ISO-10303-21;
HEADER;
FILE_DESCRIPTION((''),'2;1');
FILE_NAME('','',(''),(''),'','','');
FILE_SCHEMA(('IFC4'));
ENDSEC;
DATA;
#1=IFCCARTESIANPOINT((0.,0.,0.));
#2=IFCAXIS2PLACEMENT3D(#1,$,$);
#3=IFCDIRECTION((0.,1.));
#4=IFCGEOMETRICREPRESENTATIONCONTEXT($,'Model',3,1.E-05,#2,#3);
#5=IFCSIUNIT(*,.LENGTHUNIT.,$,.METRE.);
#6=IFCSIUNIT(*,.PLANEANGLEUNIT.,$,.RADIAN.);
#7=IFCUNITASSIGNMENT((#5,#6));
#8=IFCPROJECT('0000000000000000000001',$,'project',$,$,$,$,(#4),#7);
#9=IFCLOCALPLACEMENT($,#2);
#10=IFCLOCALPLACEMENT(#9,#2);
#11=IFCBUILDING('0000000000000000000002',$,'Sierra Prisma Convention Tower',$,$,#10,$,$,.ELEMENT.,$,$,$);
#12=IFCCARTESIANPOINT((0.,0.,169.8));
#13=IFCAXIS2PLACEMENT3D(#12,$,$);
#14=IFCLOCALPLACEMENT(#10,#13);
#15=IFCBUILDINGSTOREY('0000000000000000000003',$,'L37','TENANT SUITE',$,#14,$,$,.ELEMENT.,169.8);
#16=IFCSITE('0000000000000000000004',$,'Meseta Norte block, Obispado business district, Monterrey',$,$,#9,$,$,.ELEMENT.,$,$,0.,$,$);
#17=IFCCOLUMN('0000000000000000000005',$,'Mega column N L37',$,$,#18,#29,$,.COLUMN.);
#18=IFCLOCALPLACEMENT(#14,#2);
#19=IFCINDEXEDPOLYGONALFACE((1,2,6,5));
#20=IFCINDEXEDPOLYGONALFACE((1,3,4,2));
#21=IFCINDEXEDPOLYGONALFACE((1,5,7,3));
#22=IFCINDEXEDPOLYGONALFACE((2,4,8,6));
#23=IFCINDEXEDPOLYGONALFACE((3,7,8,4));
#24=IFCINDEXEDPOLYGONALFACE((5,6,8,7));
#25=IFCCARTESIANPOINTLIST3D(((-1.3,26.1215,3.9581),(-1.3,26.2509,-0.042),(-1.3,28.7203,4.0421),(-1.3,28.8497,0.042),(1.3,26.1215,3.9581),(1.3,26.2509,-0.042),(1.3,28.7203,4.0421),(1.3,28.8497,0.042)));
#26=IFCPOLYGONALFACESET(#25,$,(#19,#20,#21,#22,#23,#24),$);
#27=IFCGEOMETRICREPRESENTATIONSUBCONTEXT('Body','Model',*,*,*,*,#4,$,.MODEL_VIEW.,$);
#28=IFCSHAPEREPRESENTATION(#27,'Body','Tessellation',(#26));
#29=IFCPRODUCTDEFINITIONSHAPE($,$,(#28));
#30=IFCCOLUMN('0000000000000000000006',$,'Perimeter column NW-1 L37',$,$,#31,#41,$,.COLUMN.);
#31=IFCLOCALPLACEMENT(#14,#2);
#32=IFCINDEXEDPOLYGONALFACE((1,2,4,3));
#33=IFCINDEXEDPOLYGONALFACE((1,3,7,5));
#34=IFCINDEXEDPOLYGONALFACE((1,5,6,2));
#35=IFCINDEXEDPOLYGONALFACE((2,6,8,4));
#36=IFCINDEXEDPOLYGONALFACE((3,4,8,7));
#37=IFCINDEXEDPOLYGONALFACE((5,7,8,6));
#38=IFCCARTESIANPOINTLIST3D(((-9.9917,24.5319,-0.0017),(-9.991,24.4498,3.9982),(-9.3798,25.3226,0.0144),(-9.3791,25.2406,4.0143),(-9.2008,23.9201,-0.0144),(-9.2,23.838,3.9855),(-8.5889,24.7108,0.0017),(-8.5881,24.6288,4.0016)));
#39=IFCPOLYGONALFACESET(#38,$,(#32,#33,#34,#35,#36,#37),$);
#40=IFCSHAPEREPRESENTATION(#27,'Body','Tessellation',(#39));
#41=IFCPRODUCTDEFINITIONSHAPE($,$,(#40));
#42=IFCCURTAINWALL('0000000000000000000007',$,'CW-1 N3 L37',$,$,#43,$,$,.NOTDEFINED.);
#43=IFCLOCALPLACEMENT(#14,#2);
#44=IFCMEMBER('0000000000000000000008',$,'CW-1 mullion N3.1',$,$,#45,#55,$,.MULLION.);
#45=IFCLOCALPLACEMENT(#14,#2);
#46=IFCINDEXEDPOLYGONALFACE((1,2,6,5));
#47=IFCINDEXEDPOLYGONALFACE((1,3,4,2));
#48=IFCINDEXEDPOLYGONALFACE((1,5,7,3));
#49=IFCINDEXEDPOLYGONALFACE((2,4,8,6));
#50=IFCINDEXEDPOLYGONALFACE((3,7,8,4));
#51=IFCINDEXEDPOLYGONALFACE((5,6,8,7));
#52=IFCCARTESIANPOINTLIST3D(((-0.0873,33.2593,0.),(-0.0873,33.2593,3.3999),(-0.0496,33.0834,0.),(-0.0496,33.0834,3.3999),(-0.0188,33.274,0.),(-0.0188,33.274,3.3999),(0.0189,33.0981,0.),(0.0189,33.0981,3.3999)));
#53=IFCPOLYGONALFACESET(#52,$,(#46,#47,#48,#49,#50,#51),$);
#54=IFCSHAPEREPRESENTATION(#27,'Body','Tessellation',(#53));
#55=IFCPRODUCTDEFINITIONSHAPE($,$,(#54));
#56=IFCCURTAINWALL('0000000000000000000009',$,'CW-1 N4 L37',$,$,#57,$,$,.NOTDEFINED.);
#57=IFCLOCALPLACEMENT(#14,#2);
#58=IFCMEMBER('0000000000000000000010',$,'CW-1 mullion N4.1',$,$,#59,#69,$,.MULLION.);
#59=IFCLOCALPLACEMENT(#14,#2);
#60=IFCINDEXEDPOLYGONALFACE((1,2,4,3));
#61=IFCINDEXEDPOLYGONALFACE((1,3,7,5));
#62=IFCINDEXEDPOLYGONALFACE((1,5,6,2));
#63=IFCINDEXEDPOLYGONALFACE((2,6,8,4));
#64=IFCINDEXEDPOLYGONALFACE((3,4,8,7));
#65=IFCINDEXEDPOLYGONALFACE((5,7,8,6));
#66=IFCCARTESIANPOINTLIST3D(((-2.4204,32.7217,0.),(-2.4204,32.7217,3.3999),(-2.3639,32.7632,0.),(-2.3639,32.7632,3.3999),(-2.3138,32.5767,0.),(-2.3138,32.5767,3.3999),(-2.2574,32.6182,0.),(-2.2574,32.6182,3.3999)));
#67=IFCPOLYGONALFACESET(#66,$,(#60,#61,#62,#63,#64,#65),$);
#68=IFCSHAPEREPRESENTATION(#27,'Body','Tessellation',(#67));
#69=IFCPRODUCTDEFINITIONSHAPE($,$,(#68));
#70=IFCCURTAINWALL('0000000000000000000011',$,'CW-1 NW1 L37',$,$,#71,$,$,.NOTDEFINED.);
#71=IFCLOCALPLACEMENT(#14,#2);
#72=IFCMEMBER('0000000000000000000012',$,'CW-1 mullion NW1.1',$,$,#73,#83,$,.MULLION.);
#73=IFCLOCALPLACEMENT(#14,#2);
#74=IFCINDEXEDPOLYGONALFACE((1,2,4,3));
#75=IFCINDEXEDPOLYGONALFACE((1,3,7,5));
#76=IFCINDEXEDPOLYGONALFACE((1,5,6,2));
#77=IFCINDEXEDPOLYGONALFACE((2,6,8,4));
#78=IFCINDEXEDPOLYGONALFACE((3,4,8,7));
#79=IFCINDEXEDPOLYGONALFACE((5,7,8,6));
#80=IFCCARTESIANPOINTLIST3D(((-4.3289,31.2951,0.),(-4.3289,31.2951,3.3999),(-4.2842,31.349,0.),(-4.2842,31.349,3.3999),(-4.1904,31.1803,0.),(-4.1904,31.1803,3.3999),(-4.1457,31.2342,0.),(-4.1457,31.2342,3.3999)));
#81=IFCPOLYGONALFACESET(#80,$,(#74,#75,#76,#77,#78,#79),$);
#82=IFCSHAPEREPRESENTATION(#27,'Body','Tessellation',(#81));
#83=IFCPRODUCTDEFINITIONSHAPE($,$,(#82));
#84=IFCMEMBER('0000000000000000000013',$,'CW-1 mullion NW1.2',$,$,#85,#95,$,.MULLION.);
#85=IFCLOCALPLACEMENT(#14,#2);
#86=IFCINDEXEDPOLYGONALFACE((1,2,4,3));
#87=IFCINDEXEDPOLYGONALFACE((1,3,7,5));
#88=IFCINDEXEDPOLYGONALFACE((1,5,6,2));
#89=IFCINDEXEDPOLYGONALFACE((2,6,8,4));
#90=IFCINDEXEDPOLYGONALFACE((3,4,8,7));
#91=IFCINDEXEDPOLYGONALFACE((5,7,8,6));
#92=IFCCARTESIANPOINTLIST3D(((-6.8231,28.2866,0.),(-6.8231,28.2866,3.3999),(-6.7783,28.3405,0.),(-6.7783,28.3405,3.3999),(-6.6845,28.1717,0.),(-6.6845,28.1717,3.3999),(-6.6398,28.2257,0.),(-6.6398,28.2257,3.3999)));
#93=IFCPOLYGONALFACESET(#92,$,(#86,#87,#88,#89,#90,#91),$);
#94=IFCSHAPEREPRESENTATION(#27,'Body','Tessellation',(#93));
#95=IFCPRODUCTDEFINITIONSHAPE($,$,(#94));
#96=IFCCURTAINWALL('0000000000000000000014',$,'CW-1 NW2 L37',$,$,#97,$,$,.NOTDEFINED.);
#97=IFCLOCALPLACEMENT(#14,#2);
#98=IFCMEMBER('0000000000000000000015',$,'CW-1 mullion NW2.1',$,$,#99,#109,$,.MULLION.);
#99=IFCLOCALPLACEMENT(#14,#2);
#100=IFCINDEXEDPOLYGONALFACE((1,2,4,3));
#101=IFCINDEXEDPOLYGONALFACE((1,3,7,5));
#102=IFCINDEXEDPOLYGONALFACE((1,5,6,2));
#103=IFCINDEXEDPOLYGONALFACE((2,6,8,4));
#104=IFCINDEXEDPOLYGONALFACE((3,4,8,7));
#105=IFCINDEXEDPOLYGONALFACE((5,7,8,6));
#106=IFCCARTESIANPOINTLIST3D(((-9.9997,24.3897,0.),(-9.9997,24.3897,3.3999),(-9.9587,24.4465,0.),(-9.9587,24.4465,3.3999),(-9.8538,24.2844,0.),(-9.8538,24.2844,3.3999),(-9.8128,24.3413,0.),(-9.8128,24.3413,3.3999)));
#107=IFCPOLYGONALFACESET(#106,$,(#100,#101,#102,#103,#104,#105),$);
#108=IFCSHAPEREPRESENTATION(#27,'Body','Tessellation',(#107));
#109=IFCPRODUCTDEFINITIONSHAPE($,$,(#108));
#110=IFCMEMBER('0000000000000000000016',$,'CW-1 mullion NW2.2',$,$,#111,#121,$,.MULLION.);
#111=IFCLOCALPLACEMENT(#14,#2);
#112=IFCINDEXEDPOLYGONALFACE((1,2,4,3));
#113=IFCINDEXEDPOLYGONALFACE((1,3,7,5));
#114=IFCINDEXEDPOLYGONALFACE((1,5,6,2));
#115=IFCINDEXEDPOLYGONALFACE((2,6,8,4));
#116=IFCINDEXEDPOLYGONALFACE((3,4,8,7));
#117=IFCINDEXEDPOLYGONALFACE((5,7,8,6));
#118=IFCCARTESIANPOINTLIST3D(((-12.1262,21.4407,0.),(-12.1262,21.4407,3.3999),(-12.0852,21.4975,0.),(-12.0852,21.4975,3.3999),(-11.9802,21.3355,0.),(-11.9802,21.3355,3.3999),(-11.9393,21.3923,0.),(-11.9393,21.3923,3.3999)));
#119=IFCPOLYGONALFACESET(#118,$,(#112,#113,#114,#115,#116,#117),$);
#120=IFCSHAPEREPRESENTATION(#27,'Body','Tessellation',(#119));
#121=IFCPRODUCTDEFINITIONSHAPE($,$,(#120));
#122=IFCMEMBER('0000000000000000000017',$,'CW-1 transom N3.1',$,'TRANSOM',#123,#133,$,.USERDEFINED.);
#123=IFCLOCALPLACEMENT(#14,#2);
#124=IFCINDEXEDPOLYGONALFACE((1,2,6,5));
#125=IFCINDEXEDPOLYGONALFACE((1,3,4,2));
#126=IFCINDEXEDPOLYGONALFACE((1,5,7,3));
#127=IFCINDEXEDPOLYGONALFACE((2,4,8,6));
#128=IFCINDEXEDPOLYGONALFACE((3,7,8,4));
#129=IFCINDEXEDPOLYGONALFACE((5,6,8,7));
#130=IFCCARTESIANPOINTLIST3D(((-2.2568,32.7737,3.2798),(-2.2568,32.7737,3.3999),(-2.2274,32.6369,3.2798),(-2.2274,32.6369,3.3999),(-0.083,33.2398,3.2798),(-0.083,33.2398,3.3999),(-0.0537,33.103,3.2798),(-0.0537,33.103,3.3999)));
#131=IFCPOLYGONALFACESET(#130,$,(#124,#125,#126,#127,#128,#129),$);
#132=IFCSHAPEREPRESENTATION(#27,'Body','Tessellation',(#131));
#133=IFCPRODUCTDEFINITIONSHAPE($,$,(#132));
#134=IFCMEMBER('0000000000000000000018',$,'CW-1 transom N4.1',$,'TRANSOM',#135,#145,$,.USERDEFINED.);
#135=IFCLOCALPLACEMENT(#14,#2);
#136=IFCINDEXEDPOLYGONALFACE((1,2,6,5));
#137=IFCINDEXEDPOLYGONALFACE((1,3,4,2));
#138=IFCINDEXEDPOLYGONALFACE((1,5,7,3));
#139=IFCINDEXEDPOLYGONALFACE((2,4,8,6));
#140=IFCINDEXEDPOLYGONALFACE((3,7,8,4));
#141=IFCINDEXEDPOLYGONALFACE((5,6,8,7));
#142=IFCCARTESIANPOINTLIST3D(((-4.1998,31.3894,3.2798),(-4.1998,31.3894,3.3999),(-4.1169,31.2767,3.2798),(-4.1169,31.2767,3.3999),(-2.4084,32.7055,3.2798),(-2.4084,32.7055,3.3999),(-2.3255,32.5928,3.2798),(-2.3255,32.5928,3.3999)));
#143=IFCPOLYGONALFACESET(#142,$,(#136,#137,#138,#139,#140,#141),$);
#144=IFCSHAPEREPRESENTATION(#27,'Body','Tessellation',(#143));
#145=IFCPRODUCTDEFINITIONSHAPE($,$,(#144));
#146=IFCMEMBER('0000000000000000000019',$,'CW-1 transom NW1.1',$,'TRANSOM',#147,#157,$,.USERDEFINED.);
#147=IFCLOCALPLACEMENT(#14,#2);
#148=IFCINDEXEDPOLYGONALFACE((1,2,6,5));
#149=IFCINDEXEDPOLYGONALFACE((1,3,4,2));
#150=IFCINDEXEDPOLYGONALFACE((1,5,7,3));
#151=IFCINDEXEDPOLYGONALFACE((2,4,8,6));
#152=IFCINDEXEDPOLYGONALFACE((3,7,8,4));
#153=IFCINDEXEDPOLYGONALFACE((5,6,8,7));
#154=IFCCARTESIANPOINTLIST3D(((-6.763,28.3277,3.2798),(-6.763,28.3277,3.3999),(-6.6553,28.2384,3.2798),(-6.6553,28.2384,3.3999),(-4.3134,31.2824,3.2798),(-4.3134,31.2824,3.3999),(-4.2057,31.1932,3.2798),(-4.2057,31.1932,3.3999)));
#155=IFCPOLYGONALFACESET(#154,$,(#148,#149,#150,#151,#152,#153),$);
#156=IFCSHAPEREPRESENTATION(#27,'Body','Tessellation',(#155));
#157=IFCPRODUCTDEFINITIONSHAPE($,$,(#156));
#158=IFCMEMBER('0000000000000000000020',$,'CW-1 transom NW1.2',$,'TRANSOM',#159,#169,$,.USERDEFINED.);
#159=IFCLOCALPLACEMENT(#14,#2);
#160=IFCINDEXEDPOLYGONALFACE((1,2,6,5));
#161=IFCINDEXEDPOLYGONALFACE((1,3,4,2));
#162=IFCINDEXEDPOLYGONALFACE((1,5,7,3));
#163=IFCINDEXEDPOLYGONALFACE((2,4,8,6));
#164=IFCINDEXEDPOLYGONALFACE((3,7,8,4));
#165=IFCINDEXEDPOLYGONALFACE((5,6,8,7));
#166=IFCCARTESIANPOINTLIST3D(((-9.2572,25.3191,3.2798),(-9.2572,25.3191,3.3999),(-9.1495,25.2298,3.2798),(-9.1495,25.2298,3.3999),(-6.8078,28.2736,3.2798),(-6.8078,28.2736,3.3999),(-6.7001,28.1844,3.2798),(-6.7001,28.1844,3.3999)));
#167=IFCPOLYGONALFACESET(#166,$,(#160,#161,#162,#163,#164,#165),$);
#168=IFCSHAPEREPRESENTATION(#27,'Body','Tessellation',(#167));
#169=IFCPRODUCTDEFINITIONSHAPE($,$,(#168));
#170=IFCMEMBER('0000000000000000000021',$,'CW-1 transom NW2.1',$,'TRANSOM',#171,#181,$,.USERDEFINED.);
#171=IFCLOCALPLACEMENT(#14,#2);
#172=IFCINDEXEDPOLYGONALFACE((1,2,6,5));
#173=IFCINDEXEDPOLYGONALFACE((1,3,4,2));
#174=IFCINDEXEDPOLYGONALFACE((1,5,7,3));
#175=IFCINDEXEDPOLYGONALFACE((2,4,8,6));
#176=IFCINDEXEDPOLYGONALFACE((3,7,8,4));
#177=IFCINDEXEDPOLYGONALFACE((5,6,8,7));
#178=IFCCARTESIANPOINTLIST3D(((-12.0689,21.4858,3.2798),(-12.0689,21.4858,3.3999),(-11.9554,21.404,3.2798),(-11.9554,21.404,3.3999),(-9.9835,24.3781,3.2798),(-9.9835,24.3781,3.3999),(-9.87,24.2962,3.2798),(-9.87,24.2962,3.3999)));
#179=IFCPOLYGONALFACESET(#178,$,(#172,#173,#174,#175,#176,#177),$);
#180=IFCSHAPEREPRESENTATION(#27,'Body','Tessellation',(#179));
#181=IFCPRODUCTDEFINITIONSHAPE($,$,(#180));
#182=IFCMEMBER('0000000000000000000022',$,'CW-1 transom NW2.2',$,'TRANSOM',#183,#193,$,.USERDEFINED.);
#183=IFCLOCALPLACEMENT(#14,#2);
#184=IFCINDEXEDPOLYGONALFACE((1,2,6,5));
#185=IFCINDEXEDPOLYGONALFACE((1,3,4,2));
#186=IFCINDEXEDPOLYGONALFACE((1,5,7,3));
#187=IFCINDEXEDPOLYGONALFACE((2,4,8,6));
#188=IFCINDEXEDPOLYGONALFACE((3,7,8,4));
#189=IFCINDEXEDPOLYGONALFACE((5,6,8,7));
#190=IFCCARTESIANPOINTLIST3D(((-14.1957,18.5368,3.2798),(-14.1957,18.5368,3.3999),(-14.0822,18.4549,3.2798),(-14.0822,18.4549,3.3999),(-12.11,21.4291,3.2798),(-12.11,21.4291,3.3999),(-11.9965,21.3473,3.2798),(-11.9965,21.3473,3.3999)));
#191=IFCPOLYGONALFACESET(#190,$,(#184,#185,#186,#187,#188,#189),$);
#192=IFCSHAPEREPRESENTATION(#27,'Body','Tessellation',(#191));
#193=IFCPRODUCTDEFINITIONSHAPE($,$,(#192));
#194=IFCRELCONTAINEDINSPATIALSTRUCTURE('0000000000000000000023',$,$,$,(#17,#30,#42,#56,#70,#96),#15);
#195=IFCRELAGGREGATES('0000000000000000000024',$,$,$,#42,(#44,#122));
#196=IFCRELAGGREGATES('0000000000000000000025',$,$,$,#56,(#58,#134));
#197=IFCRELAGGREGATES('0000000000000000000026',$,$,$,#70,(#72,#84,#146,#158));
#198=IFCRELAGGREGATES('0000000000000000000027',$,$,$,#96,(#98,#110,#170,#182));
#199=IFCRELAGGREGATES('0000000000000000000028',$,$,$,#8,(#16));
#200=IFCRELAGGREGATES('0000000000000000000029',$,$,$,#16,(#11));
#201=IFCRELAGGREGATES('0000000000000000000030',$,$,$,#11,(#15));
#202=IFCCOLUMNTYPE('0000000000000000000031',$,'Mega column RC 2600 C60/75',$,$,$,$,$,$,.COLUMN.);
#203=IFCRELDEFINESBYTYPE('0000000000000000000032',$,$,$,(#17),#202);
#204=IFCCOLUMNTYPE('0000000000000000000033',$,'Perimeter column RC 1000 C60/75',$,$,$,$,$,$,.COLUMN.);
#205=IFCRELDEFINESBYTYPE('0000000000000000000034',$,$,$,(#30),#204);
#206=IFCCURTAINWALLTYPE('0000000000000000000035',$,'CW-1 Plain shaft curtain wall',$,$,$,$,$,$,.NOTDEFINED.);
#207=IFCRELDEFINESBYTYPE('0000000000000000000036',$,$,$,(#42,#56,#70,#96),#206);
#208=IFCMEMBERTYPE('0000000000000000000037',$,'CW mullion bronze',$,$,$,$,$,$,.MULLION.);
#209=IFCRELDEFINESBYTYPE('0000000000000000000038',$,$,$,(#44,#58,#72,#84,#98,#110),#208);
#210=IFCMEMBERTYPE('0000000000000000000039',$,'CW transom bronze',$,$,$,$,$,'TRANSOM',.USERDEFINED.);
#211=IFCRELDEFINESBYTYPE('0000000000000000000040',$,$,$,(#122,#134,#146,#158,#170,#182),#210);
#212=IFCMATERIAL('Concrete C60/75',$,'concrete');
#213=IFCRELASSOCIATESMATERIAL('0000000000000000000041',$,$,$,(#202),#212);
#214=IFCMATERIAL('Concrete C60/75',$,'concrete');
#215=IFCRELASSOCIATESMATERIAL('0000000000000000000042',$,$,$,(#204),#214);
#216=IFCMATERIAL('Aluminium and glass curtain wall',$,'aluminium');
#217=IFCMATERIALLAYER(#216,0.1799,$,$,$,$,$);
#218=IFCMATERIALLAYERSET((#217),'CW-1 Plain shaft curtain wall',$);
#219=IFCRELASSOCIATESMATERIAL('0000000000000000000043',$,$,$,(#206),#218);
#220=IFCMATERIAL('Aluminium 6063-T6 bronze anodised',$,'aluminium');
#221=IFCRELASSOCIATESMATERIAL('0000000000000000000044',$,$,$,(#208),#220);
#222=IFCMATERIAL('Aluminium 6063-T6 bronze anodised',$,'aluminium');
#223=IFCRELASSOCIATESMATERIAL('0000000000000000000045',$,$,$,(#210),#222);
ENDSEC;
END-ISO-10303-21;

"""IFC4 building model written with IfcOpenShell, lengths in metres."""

from ifc_helpers import new_model, si_unit, direction, frame, origin, origin_2d, place, context, subcontext, project, spatial, rectangle, extrude, material, layer, layer_set, material_profile, profile_set, type_object, element, aggregate, save


model = new_model("IFC4")

# Units and contexts
model_context = context("Model", 3, precision=1e-05, world=origin(), true_north=direction((0.0, 1.0)))
body_context = subcontext(model_context, "Body", "Model", "MODEL_VIEW")
ifc_project = project(units=[si_unit("LENGTHUNIT", "METRE"), si_unit("PLANEANGLEUNIT", "RADIAN")], contexts=[model_context])

# Site, building, storey
site_placement = place(None, origin())
site = spatial("IfcSite", under=ifc_project, at=site_placement, Name="Meseta Norte block, Obispado business district, Monterrey", CompositionType="ELEMENT", RefElevation=0.0)
building_placement = place(site_placement, origin())
building = spatial("IfcBuilding", under=site, at=building_placement, Name="Sierra Prisma Convention Tower", CompositionType="ELEMENT")
storey_placement = place(building_placement, frame((0.0, 0.0, 169.8)))
storey = spatial("IfcBuildingStorey", under=building, at=storey_placement, Name="L37", Description="TENANT SUITE", CompositionType="ELEMENT", Elevation=169.8)

# Columns
ifc_material_1 = material(Name="Concrete C60/75", Category="concrete")
ifc_material_profile_1 = material_profile(ifc_material_1, rectangle(XDim=2.6001, YDim=2.6001, at=origin_2d()), Name="Mega column RC 2600 C60/75")
ifc_profile_set_1 = profile_set([ifc_material_profile_1], Name="Concrete C60/75")
column_type_1 = type_object("IfcColumnType", Name="Mega column RC 2600 C60/75", PredefinedType="COLUMN", material=ifc_profile_set_1)
column_1_placement = place(storey_placement, frame((0.0, 27.5503, 0.0), z_axis=(0.0, -0.032332, 0.999477), x_axis=(1.0, 0.0, 0.0)))
element("IfcColumn", 1, at=column_1_placement, inside=storey, type_object=column_type_1, Name="Mega column N L37", PredefinedType="COLUMN", context=body_context, shape_type="SweptSolid", body=[
    extrude(rectangle(XDim=2.6001, YDim=2.6001, at=origin_2d()), origin(), (0.0, 0.0, 1.0), 4.0022),
])
ifc_material_2 = material(Name="Concrete C60/75", Category="concrete")
ifc_material_profile_2 = material_profile(ifc_material_2, rectangle(XDim=1.0, YDim=1.0, at=origin_2d()), Name="Perimeter column RC 1000 C60/75")
ifc_profile_set_2 = profile_set([ifc_material_profile_2], Name="Concrete C60/75")
column_type_2 = type_object("IfcColumnType", Name="Perimeter column RC 1000 C60/75", PredefinedType="COLUMN", material=ifc_profile_set_2)
column_2_placement = place(storey_placement, frame((-9.2903, 24.6213, 0.0), z_axis=(0.000183, -0.020504, 0.99979), x_axis=(0.611916, 0.790758, 0.016105)))
element("IfcColumn", 2, at=column_2_placement, inside=storey, type_object=column_type_2, Name="Perimeter column NW-1 L37", PredefinedType="COLUMN", context=body_context, shape_type="SweptSolid", body=[
    extrude(rectangle(XDim=1.0, YDim=1.0, at=origin_2d()), origin(), (0.0, 0.0, 1.0), 4.0007),
])

# Curtain walls, members
ifc_material_3 = material(Name="Aluminium and glass curtain wall", Category="aluminium")
ifc_layer_1 = layer(ifc_material_3, 0.1799)
ifc_layer_set_1 = layer_set([ifc_layer_1], Name="CW-1 Plain shaft curtain wall")
curtain_wall_type = type_object("IfcCurtainWallType", Name="CW-1 Plain shaft curtain wall", PredefinedType="NOTDEFINED", material=ifc_layer_set_1)
curtain_wall_1_placement = place(storey_placement, origin())
curtain_wall_1 = element("IfcCurtainWall", 3, at=curtain_wall_1_placement, inside=storey, type_object=curtain_wall_type, Name="CW-1 N3 L37", PredefinedType="NOTDEFINED")
ifc_material_4 = material(Name="Aluminium 6063-T6 bronze anodised", Category="aluminium")
ifc_material_profile_3 = material_profile(ifc_material_4, rectangle(XDim=0.1799, YDim=0.0701, at=origin_2d()), Name="ALU MULLION 70x180")
ifc_profile_set_3 = profile_set([ifc_material_profile_3], Name="Aluminium 6063-T6 bronze anodised")
member_type_1 = type_object("IfcMemberType", Name="CW mullion bronze", PredefinedType="MULLION", material=ifc_profile_set_3)
member_1_placement = place(storey_placement, frame((-0.0342, 33.1787, 0.0), z_axis=(0.0, 0.0, 1.0), x_axis=(0.209652, -0.977776, 0.0)))
member_1 = element("IfcMember", 4, at=member_1_placement, type_object=member_type_1, Name="CW-1 mullion N3.1", PredefinedType="MULLION", context=body_context, shape_type="SweptSolid", body=[
    extrude(rectangle(XDim=0.1799, YDim=0.0701, at=origin_2d()), origin(), (0.0, 0.0, 1.0), 3.3999),
])
curtain_wall_2_placement = place(storey_placement, origin())
curtain_wall_2 = element("IfcCurtainWall", 5, at=curtain_wall_2_placement, inside=storey, type_object=curtain_wall_type, Name="CW-1 N4 L37", PredefinedType="NOTDEFINED")
member_2_placement = place(storey_placement, frame((-2.3389, 32.6699, 0.0), z_axis=(0.0, 0.0, 1.0), x_axis=(0.592095, -0.805868, 0.0)))
member_2 = element("IfcMember", 6, at=member_2_placement, type_object=member_type_1, Name="CW-1 mullion N4.1", PredefinedType="MULLION", context=body_context, shape_type="SweptSolid", body=[
    extrude(rectangle(XDim=0.1799, YDim=0.0701, at=origin_2d()), origin(), (0.0, 0.0, 1.0), 3.3999),
])

# Curtain walls, members
curtain_wall_3_placement = place(storey_placement, origin())
curtain_wall_3 = element("IfcCurtainWall", 7, at=curtain_wall_3_placement, inside=storey, type_object=curtain_wall_type, Name="CW-1 NW1 L37", PredefinedType="NOTDEFINED")
member_3_placement = place(storey_placement, frame((-4.2373, 31.2646, 0.0), z_axis=(0.0, 0.0, 1.0), x_axis=(0.769843, -0.638234, 0.0)))
member_3 = element("IfcMember", 8, at=member_3_placement, type_object=member_type_1, Name="CW-1 mullion NW1.1", PredefinedType="MULLION", context=body_context, shape_type="SweptSolid", body=[
    extrude(rectangle(XDim=0.1799, YDim=0.0701, at=origin_2d()), origin(), (0.0, 0.0, 1.0), 3.3999),
])
member_4_placement = place(storey_placement, frame((-6.7314, 28.2561, 0.0), z_axis=(0.0, 0.0, 1.0), x_axis=(0.769843, -0.638234, 0.0)))
member_4 = element("IfcMember", 9, at=member_4_placement, type_object=member_type_1, Name="CW-1 mullion NW1.2", PredefinedType="MULLION", context=body_context, shape_type="SweptSolid", body=[
    extrude(rectangle(XDim=0.1799, YDim=0.0701, at=origin_2d()), origin(), (0.0, 0.0, 1.0), 3.3999),
])
curtain_wall_4_placement = place(storey_placement, origin())
curtain_wall_4 = element("IfcCurtainWall", 10, at=curtain_wall_4_placement, inside=storey, type_object=curtain_wall_type, Name="CW-1 NW2 L37", PredefinedType="NOTDEFINED")
member_5_placement = place(storey_placement, frame((-9.9062, 24.3655, 0.0), z_axis=(0.0, 0.0, 1.0), x_axis=(0.811103, -0.584903, 0.0)))
member_5 = element("IfcMember", 11, at=member_5_placement, type_object=member_type_1, Name="CW-1 mullion NW2.1", PredefinedType="MULLION", context=body_context, shape_type="SweptSolid", body=[
    extrude(rectangle(XDim=0.1799, YDim=0.0701, at=origin_2d()), origin(), (0.0, 0.0, 1.0), 3.3999),
])
member_6_placement = place(storey_placement, frame((-12.0327, 21.4165, 0.0), z_axis=(0.0, 0.0, 1.0), x_axis=(0.811103, -0.584903, 0.0)))
member_6 = element("IfcMember", 12, at=member_6_placement, type_object=member_type_1, Name="CW-1 mullion NW2.2", PredefinedType="MULLION", context=body_context, shape_type="SweptSolid", body=[
    extrude(rectangle(XDim=0.1799, YDim=0.0701, at=origin_2d()), origin(), (0.0, 0.0, 1.0), 3.3999),
])

# Members
ifc_material_5 = material(Name="Aluminium 6063-T6 bronze anodised", Category="aluminium")
ifc_material_profile_4 = material_profile(ifc_material_5, rectangle(XDim=0.1399, YDim=0.1201, at=origin_2d()), Name="ALU TRANSOM 120x140")
ifc_profile_set_4 = profile_set([ifc_material_profile_4], Name="Aluminium 6063-T6 bronze anodised")
member_type_2 = type_object("IfcMemberType", Name="CW transom bronze", ElementType="TRANSOM", PredefinedType="USERDEFINED", material=ifc_profile_set_4)
member_7_placement = place(storey_placement, frame((-0.0684, 33.1714, 3.3398), z_axis=(-0.97778, -0.209634, 0.0), x_axis=(0.209634, -0.97778, 0.0)))
member_7 = element("IfcMember", 13, at=member_7_placement, type_object=member_type_2, Name="CW-1 transom N3.1", ObjectType="TRANSOM", PredefinedType="USERDEFINED", context=body_context, shape_type="SweptSolid", body=[
    extrude(rectangle(XDim=0.1399, YDim=0.1201, at=origin_2d()), origin(), (0.0, 0.0, 1.0), 2.2231),
])
member_8_placement = place(storey_placement, frame((-2.3669, 32.6492, 3.3398), z_axis=(-0.805891, -0.592063, 0.0), x_axis=(0.592063, -0.805891, 0.0)))
member_8 = element("IfcMember", 14, at=member_8_placement, type_object=member_type_2, Name="CW-1 transom N4.1", ObjectType="TRANSOM", PredefinedType="USERDEFINED", context=body_context, shape_type="SweptSolid", body=[
    extrude(rectangle(XDim=0.1399, YDim=0.1201, at=origin_2d()), origin(), (0.0, 0.0, 1.0), 2.2229),
])
member_9_placement = place(storey_placement, frame((-4.2595, 31.2378, 3.3398), z_axis=(-0.638237, -0.76984, 0.0), x_axis=(0.76984, -0.638237, 0.0)))
member_9 = element("IfcMember", 15, at=member_9_placement, type_object=member_type_2, Name="CW-1 transom NW1.1", ObjectType="TRANSOM", PredefinedType="USERDEFINED", context=body_context, shape_type="SweptSolid", body=[
    extrude(rectangle(XDim=0.1399, YDim=0.1201, at=origin_2d()), origin(), (0.0, 0.0, 1.0), 3.8381),
])
member_10_placement = place(storey_placement, frame((-6.7539, 28.229, 3.3398), z_axis=(-0.63823, -0.769846, 0.0), x_axis=(0.769846, -0.63823, 0.0)))
member_10 = element("IfcMember", 16, at=member_10_placement, type_object=member_type_2, Name="CW-1 transom NW1.2", ObjectType="TRANSOM", PredefinedType="USERDEFINED", context=body_context, shape_type="SweptSolid", body=[
    extrude(rectangle(XDim=0.1399, YDim=0.1201, at=origin_2d()), origin(), (0.0, 0.0, 1.0), 3.8379),
])
member_11_placement = place(storey_placement, frame((-9.9268, 24.3372, 3.3398), z_axis=(-0.584853, -0.811139, 0.0), x_axis=(0.811139, -0.584853, 0.0)))
member_11 = element("IfcMember", 17, at=member_11_placement, type_object=member_type_2, Name="CW-1 transom NW2.1", ObjectType="TRANSOM", PredefinedType="USERDEFINED", context=body_context, shape_type="SweptSolid", body=[
    extrude(rectangle(XDim=0.1399, YDim=0.1201, at=origin_2d()), origin(), (0.0, 0.0, 1.0), 3.5657),
])
member_12_placement = place(storey_placement, frame((-12.0532, 21.3882, 3.3398), z_axis=(-0.584898, -0.811107, 0.0), x_axis=(0.811107, -0.584898, 0.0)))
member_12 = element("IfcMember", 18, at=member_12_placement, type_object=member_type_2, Name="CW-1 transom NW2.2", ObjectType="TRANSOM", PredefinedType="USERDEFINED", context=body_context, shape_type="SweptSolid", body=[
    extrude(rectangle(XDim=0.1399, YDim=0.1201, at=origin_2d()), origin(), (0.0, 0.0, 1.0), 3.5659),
])

aggregate(curtain_wall_1, [member_1, member_7])
aggregate(curtain_wall_2, [member_2, member_8])
aggregate(curtain_wall_3, [member_3, member_4, member_9, member_10])
aggregate(curtain_wall_4, [member_5, member_6, member_11, member_12])

save(model, "model.ifc")
